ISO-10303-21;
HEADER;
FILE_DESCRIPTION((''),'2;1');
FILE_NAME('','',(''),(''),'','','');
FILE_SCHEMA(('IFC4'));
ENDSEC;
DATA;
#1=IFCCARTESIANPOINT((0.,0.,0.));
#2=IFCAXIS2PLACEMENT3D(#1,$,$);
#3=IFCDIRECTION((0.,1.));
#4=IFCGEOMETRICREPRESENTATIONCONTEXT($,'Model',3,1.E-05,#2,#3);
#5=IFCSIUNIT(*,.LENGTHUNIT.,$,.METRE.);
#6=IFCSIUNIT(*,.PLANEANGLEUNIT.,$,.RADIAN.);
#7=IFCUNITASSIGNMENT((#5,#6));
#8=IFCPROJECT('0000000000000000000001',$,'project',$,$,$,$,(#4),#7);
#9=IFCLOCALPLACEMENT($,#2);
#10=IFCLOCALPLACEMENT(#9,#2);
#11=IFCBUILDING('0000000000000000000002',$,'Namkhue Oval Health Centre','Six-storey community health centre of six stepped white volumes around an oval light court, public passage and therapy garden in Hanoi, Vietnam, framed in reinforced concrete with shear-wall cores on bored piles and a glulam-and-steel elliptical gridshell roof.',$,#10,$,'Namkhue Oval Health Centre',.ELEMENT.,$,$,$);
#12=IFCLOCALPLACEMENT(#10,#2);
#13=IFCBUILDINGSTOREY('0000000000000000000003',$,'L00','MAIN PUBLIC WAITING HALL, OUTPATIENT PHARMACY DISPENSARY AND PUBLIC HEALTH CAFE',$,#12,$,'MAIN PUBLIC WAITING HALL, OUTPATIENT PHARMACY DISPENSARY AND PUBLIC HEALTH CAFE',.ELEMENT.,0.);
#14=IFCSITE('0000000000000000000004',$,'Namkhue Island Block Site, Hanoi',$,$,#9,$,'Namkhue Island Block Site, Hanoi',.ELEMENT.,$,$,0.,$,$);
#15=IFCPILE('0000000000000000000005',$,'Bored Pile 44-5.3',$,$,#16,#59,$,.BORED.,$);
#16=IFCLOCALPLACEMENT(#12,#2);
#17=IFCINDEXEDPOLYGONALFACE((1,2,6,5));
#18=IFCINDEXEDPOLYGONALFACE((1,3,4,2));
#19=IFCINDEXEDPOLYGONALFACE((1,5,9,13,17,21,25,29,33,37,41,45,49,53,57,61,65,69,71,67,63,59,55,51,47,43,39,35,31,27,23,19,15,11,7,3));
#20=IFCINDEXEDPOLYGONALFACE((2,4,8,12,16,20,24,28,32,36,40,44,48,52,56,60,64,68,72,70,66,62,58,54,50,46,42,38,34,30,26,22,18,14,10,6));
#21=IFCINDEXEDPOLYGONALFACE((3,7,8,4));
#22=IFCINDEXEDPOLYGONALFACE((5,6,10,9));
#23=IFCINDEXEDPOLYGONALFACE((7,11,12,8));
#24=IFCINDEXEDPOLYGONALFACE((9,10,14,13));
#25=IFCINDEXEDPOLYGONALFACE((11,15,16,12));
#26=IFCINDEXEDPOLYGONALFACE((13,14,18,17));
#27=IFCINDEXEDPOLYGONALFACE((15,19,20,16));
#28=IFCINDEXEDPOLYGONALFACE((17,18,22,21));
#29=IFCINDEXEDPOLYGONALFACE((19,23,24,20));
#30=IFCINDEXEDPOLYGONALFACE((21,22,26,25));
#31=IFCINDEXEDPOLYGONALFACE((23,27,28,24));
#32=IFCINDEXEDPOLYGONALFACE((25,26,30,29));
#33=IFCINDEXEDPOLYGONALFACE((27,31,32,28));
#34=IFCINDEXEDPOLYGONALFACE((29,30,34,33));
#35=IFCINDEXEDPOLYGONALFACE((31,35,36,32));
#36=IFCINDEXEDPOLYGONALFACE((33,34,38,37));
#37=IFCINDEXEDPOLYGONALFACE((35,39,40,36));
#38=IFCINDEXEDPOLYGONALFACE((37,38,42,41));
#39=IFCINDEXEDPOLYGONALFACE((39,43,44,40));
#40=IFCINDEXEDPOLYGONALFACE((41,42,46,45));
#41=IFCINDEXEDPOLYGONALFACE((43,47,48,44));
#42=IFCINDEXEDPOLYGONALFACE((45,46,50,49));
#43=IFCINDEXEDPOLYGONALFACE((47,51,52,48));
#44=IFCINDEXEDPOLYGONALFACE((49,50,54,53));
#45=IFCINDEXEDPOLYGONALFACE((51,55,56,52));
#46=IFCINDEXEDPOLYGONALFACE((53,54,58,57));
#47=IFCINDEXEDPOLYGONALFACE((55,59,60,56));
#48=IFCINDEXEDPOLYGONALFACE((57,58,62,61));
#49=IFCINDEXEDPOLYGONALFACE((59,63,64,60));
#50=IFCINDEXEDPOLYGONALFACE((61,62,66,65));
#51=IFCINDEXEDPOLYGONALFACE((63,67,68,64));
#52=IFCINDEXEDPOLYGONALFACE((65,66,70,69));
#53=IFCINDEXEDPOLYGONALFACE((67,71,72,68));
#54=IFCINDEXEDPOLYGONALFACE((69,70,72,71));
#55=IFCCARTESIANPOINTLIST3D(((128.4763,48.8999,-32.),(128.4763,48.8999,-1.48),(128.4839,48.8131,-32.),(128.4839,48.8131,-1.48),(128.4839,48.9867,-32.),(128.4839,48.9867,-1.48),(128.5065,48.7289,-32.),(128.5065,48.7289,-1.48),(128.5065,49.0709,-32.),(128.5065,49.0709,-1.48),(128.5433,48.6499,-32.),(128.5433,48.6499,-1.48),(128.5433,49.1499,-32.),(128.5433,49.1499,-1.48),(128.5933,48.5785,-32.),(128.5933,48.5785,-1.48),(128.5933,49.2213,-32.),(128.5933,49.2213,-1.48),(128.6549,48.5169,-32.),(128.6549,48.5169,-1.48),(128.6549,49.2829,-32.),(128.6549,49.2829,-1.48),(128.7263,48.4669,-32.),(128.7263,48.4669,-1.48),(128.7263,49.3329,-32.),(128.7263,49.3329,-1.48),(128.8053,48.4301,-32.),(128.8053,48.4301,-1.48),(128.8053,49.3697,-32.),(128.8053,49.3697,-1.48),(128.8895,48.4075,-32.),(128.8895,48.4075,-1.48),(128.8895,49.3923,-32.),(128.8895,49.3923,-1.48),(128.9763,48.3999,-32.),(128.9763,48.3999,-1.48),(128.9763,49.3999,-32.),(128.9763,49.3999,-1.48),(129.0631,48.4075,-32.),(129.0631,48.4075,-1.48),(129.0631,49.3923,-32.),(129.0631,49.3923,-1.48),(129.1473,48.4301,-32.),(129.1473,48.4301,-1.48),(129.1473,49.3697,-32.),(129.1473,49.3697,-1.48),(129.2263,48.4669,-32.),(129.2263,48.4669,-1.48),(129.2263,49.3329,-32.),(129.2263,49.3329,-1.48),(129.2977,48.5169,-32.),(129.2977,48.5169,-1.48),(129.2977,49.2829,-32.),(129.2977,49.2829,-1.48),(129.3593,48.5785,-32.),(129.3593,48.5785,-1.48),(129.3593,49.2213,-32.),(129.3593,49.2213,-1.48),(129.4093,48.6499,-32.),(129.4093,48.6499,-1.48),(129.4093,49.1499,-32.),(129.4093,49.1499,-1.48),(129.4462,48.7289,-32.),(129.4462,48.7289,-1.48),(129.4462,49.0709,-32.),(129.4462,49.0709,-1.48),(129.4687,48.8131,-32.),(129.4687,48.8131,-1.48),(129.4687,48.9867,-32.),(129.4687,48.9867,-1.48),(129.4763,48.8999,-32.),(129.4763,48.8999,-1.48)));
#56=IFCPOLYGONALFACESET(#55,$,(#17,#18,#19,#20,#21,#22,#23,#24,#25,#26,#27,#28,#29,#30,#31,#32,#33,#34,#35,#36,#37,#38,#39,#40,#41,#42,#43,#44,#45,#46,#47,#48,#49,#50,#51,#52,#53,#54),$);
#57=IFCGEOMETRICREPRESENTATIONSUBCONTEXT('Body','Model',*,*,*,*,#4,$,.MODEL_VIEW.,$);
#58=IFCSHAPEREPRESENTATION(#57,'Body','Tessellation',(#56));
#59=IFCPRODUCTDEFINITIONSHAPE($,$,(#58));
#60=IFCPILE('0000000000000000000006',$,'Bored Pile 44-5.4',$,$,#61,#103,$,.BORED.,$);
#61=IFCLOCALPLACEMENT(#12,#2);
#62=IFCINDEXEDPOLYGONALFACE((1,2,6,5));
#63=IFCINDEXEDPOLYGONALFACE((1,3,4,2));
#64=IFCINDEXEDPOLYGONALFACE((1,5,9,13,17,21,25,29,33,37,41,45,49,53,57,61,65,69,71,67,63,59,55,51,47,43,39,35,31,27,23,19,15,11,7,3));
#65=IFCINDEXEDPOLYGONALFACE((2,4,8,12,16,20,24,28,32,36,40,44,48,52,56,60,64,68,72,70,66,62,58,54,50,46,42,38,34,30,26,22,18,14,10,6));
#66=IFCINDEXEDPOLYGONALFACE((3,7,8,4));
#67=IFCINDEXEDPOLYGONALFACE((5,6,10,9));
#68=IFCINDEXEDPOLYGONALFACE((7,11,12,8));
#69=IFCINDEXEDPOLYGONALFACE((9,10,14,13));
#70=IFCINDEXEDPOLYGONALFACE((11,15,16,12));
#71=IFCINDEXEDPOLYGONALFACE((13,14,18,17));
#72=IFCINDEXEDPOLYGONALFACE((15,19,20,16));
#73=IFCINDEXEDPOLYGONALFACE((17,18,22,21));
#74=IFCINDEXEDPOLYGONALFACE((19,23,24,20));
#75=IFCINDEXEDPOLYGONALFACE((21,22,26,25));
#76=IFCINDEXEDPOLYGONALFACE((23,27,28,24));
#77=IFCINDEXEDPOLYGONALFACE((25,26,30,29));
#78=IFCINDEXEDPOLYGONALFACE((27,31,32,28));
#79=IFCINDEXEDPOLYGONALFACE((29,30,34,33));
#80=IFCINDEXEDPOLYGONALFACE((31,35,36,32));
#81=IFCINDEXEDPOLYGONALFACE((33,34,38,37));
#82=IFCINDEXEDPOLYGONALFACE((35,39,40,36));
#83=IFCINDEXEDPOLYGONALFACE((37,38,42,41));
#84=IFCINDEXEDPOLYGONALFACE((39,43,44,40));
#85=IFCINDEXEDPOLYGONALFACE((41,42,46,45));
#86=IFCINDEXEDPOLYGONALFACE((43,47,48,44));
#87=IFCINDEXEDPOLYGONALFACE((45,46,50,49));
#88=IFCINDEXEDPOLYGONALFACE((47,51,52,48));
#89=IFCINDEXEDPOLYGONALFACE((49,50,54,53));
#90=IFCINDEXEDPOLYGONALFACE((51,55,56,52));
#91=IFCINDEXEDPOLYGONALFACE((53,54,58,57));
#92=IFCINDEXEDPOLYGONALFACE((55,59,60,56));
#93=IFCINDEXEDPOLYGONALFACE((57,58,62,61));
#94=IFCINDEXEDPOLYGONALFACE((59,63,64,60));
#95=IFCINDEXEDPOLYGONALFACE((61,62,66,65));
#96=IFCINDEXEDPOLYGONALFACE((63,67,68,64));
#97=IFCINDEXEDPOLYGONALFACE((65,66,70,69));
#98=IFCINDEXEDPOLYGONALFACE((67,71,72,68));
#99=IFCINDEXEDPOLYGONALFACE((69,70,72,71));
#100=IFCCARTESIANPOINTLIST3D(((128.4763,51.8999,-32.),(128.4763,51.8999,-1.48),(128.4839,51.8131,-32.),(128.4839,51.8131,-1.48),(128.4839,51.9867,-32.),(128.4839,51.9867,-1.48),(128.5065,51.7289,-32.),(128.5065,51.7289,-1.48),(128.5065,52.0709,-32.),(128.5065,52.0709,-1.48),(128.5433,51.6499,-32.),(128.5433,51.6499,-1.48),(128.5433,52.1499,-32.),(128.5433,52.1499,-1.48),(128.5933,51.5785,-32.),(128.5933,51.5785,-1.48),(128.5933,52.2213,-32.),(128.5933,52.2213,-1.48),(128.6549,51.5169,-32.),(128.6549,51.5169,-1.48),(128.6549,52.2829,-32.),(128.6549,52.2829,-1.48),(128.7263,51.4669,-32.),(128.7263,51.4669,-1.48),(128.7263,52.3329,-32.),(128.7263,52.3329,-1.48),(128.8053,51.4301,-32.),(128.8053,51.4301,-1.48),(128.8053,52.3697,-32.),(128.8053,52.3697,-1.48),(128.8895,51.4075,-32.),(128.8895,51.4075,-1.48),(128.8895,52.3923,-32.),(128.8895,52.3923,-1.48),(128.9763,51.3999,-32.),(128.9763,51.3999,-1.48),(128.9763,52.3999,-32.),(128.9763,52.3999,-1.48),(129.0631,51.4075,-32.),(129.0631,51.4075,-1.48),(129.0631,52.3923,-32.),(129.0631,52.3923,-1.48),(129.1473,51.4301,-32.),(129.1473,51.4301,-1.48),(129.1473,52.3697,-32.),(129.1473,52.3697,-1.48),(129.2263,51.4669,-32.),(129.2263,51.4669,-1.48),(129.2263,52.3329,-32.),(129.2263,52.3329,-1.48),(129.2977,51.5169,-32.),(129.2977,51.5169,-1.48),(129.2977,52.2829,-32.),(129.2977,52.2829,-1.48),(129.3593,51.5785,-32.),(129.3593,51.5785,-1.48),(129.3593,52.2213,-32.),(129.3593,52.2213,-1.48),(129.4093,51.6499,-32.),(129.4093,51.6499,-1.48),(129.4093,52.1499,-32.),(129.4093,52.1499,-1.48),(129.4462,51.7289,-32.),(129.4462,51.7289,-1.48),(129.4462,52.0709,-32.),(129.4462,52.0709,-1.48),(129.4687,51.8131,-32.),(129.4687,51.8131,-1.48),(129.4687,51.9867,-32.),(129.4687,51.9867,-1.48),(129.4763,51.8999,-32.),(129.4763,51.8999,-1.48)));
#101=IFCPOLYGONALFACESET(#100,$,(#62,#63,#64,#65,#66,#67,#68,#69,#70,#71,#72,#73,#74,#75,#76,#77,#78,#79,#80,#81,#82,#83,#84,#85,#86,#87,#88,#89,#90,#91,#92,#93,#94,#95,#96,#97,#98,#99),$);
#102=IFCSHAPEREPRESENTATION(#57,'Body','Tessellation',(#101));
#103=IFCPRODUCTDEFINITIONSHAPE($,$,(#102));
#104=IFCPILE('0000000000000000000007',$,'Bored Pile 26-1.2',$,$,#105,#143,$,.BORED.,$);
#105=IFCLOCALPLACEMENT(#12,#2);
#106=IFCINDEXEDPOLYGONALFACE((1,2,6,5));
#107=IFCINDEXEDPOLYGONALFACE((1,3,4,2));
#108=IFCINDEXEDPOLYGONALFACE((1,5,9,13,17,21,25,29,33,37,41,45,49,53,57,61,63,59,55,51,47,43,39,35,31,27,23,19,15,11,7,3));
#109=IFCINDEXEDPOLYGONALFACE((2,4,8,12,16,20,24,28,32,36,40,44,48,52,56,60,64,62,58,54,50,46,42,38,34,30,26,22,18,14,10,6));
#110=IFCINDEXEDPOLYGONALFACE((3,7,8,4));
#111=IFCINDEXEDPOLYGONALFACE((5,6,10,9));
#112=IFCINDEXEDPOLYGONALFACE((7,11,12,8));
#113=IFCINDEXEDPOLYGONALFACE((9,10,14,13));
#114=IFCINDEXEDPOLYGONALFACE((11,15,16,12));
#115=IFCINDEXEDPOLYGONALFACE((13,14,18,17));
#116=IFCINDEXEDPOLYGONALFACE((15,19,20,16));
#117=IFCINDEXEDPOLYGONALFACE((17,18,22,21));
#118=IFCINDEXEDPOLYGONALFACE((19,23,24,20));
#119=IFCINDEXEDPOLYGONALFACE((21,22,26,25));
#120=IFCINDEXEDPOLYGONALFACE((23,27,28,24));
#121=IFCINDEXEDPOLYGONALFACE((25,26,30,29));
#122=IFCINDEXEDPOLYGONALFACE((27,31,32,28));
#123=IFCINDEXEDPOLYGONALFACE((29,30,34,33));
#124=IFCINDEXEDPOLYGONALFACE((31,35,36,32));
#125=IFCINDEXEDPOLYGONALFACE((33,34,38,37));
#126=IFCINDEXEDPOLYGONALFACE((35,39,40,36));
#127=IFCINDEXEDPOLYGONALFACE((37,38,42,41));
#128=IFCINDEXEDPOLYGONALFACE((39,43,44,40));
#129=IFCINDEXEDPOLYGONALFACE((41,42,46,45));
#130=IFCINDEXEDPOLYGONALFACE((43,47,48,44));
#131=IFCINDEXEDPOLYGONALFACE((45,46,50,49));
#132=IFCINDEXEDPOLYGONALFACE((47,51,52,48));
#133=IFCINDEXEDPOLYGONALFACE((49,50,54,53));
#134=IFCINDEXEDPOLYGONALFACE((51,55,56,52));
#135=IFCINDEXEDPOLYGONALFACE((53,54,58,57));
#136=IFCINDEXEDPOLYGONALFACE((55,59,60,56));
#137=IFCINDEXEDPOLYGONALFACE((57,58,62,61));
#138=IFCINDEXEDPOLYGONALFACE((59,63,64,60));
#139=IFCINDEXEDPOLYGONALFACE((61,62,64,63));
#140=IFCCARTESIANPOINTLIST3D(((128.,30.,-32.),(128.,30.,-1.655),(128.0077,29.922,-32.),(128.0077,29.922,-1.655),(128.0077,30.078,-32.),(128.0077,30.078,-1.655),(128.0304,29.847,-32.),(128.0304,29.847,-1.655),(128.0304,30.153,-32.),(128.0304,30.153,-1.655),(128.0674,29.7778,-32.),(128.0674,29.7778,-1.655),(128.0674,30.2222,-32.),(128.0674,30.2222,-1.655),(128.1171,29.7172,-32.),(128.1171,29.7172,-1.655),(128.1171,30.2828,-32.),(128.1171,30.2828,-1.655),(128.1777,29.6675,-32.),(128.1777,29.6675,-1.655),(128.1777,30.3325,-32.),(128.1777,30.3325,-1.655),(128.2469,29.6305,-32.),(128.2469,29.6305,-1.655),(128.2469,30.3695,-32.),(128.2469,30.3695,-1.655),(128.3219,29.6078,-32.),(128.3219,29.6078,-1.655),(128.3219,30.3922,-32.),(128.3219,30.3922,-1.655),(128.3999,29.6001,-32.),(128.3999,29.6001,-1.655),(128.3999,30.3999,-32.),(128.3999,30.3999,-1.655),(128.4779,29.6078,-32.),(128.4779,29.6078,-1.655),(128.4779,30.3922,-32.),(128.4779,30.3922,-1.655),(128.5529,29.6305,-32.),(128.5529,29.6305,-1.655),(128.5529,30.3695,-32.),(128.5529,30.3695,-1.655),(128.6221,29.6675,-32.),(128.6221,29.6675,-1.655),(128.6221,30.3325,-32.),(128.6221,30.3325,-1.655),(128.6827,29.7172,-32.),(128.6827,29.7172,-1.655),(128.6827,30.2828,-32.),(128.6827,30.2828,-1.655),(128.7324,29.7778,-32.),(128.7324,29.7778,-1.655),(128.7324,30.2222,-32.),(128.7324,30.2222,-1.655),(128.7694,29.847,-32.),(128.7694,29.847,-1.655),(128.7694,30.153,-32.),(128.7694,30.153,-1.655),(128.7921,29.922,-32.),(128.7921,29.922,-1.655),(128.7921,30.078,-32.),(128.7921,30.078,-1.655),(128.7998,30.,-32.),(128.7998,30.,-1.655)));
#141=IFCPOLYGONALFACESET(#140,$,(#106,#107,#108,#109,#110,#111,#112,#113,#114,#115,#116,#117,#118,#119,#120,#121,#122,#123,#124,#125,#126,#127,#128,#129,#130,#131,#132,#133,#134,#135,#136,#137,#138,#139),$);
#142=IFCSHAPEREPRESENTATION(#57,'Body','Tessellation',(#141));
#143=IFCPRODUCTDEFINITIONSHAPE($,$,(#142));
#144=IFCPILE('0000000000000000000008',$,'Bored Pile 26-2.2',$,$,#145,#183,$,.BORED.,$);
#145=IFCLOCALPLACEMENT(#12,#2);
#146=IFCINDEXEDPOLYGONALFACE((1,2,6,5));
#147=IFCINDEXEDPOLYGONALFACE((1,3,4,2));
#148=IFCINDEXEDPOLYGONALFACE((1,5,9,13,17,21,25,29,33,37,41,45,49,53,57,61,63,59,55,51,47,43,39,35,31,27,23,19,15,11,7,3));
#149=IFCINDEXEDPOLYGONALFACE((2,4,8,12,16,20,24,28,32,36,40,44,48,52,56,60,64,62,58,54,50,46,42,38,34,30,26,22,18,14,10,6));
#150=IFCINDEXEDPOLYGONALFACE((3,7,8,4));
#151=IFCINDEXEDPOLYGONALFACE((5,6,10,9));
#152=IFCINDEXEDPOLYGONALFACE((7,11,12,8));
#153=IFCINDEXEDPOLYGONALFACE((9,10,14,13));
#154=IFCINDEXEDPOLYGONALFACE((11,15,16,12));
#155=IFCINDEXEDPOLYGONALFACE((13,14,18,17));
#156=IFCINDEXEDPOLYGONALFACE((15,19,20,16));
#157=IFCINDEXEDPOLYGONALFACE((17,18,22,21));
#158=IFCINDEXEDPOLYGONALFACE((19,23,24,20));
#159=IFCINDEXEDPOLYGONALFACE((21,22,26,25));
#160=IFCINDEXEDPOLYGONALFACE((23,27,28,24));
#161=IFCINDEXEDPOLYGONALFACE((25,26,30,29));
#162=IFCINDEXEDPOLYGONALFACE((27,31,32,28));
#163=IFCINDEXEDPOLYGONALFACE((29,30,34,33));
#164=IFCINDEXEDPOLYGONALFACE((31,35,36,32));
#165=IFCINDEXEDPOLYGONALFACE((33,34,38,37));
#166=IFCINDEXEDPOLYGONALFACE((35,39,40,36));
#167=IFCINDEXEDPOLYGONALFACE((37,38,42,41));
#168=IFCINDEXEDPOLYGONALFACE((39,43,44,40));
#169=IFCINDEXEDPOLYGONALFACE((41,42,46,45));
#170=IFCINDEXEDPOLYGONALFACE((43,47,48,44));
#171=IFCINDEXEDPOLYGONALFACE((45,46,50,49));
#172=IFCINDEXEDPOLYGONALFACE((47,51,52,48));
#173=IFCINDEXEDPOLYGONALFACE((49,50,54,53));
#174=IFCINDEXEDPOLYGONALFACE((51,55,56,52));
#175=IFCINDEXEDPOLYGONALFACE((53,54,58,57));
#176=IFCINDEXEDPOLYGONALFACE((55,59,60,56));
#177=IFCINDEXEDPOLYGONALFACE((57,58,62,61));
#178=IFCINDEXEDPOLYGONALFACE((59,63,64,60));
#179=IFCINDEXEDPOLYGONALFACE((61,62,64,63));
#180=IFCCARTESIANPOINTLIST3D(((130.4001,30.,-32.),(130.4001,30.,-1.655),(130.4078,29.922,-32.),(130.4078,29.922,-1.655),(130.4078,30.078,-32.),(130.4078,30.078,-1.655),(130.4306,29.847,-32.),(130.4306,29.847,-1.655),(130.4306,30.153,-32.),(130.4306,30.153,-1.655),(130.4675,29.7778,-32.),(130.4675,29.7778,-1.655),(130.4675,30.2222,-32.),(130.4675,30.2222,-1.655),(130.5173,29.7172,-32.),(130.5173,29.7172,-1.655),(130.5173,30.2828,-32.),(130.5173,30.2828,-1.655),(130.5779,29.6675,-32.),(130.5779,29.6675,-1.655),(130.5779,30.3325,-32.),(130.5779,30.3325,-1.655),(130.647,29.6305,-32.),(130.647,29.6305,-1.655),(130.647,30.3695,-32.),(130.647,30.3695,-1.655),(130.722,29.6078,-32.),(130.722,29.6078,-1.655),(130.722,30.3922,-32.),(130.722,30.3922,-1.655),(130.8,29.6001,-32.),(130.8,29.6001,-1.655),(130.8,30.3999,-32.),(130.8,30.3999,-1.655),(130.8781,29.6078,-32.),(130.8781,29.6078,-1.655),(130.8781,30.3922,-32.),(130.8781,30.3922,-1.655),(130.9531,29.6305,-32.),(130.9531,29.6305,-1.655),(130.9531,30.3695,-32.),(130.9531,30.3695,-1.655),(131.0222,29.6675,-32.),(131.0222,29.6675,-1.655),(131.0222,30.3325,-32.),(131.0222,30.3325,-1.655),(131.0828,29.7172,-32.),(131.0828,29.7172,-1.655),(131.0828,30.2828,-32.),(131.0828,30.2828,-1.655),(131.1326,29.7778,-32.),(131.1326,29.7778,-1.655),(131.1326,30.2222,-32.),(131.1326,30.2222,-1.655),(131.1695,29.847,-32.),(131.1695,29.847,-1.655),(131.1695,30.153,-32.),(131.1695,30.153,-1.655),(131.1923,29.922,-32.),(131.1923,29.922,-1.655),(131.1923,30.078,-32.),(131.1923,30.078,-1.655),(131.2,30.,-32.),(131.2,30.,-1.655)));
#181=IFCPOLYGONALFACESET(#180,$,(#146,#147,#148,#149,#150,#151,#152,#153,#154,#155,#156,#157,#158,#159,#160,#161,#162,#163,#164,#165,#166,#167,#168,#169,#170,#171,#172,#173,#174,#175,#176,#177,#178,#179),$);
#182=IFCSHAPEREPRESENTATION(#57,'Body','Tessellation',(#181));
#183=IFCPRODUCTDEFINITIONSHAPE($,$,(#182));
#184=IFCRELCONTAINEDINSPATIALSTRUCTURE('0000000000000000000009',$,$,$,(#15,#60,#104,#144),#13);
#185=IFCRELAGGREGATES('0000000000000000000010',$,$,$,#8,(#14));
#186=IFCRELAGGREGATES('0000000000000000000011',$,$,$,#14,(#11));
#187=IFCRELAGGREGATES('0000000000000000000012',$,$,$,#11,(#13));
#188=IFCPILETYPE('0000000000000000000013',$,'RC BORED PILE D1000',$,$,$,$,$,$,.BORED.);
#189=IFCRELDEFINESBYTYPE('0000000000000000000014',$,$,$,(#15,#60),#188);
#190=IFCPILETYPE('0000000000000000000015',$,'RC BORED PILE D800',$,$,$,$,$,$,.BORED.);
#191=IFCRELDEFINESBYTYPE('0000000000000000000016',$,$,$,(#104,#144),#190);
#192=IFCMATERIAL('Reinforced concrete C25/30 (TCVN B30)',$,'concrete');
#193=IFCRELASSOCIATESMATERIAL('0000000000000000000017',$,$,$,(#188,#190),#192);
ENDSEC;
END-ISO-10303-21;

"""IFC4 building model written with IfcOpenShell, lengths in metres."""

from ifc_helpers import new_model, si_unit, direction, frame, origin, origin_2d, place, context, subcontext, project, spatial, circle, extrude, material, material_profile, profile_set, type_object, element, save


model = new_model("IFC4")

# Units and contexts
model_context = context("Model", 3, precision=1e-05, world=origin(), true_north=direction((0.0, 1.0)))
body_context = subcontext(model_context, "Body", "Model", "MODEL_VIEW")
ifc_project = project(units=[si_unit("LENGTHUNIT", "METRE"), si_unit("PLANEANGLEUNIT", "RADIAN")], contexts=[model_context])

# Site, building, storey
site_placement = place(None, origin())
site = spatial("IfcSite", under=ifc_project, at=site_placement, Name="Namkhue Island Block Site, Hanoi", LongName="Namkhue Island Block Site, Hanoi", CompositionType="ELEMENT", RefElevation=0.0)
building_placement = place(site_placement, origin())
building = spatial("IfcBuilding", under=site, at=building_placement, Name="Namkhue Oval Health Centre", Description="Six-storey community health centre of six stepped white volumes around an oval light court, public passage and therapy garden in Hanoi, Vietnam, framed in reinforced concrete with shear-wall cores on bored piles and a glulam-and-steel elliptical gridshell roof.", LongName="Namkhue Oval Health Centre", CompositionType="ELEMENT")
storey_placement = place(building_placement, origin())
storey = spatial("IfcBuildingStorey", under=building, at=storey_placement, Name="L00", Description="MAIN PUBLIC WAITING HALL, OUTPATIENT PHARMACY DISPENSARY AND PUBLIC HEALTH CAFE", LongName="MAIN PUBLIC WAITING HALL, OUTPATIENT PHARMACY DISPENSARY AND PUBLIC HEALTH CAFE", CompositionType="ELEMENT", Elevation=0.0)

# Piles
ifc_material_1 = material(Name="Reinforced concrete C25/30 (TCVN B30)", Category="concrete")
ifc_material_profile_1 = material_profile(ifc_material_1, circle(Radius=0.5, at=origin_2d()), Name="BORED PILE D1000")
ifc_profile_set_1 = profile_set([ifc_material_profile_1], Name="Reinforced concrete C25/30 (TCVN B30)")
pile_type_1 = type_object("IfcPileType", Name="RC BORED PILE D1000", PredefinedType="BORED", material=ifc_profile_set_1)
for number, where, z_axis, x_axis, name in (
    (1, (128.9763, 48.8999, -1.48), (0.0, 0.0, -1.0), (1.0, 0.0, 0.0), "Bored Pile 44-5.3"),
    (2, (128.9763, 51.8999, -1.48), (0.0, 0.0, -1.0), (1.0, 0.0, 0.0), "Bored Pile 44-5.4"),
):
    element("IfcPile", number, at=place(storey_placement, frame(where, z_axis=z_axis, x_axis=x_axis)), inside=storey, type_object=pile_type_1, Name=name, PredefinedType="BORED", context=body_context, shape_type="SweptSolid", body=[
        extrude(circle(Radius=0.5, at=origin_2d()), origin(), (0.0, 0.0, 1.0), 30.52),
    ])
ifc_material_profile_2 = material_profile(ifc_material_1, circle(Radius=0.3999, at=origin_2d()), Name="BORED PILE D800")
ifc_profile_set_2 = profile_set([ifc_material_profile_2], Name="Reinforced concrete C25/30 (TCVN B30)")
pile_type_2 = type_object("IfcPileType", Name="RC BORED PILE D800", PredefinedType="BORED", material=ifc_profile_set_2)
for number, where, z_axis, x_axis, name in (
    (3, (128.3999, 30.0, -1.655), (0.0, 0.0, -1.0), (1.0, 0.0, 0.0), "Bored Pile 26-1.2"),
    (4, (130.8, 30.0, -1.655), (0.0, 0.0, -1.0), (1.0, 0.0, 0.0), "Bored Pile 26-2.2"),
):
    element("IfcPile", number, at=place(storey_placement, frame(where, z_axis=z_axis, x_axis=x_axis)), inside=storey, type_object=pile_type_2, Name=name, PredefinedType="BORED", context=body_context, shape_type="SweptSolid", body=[
        extrude(circle(Radius=0.3999, at=origin_2d()), origin(), (0.0, 0.0, 1.0), 30.345),
    ])

save(model, "model.ifc")
